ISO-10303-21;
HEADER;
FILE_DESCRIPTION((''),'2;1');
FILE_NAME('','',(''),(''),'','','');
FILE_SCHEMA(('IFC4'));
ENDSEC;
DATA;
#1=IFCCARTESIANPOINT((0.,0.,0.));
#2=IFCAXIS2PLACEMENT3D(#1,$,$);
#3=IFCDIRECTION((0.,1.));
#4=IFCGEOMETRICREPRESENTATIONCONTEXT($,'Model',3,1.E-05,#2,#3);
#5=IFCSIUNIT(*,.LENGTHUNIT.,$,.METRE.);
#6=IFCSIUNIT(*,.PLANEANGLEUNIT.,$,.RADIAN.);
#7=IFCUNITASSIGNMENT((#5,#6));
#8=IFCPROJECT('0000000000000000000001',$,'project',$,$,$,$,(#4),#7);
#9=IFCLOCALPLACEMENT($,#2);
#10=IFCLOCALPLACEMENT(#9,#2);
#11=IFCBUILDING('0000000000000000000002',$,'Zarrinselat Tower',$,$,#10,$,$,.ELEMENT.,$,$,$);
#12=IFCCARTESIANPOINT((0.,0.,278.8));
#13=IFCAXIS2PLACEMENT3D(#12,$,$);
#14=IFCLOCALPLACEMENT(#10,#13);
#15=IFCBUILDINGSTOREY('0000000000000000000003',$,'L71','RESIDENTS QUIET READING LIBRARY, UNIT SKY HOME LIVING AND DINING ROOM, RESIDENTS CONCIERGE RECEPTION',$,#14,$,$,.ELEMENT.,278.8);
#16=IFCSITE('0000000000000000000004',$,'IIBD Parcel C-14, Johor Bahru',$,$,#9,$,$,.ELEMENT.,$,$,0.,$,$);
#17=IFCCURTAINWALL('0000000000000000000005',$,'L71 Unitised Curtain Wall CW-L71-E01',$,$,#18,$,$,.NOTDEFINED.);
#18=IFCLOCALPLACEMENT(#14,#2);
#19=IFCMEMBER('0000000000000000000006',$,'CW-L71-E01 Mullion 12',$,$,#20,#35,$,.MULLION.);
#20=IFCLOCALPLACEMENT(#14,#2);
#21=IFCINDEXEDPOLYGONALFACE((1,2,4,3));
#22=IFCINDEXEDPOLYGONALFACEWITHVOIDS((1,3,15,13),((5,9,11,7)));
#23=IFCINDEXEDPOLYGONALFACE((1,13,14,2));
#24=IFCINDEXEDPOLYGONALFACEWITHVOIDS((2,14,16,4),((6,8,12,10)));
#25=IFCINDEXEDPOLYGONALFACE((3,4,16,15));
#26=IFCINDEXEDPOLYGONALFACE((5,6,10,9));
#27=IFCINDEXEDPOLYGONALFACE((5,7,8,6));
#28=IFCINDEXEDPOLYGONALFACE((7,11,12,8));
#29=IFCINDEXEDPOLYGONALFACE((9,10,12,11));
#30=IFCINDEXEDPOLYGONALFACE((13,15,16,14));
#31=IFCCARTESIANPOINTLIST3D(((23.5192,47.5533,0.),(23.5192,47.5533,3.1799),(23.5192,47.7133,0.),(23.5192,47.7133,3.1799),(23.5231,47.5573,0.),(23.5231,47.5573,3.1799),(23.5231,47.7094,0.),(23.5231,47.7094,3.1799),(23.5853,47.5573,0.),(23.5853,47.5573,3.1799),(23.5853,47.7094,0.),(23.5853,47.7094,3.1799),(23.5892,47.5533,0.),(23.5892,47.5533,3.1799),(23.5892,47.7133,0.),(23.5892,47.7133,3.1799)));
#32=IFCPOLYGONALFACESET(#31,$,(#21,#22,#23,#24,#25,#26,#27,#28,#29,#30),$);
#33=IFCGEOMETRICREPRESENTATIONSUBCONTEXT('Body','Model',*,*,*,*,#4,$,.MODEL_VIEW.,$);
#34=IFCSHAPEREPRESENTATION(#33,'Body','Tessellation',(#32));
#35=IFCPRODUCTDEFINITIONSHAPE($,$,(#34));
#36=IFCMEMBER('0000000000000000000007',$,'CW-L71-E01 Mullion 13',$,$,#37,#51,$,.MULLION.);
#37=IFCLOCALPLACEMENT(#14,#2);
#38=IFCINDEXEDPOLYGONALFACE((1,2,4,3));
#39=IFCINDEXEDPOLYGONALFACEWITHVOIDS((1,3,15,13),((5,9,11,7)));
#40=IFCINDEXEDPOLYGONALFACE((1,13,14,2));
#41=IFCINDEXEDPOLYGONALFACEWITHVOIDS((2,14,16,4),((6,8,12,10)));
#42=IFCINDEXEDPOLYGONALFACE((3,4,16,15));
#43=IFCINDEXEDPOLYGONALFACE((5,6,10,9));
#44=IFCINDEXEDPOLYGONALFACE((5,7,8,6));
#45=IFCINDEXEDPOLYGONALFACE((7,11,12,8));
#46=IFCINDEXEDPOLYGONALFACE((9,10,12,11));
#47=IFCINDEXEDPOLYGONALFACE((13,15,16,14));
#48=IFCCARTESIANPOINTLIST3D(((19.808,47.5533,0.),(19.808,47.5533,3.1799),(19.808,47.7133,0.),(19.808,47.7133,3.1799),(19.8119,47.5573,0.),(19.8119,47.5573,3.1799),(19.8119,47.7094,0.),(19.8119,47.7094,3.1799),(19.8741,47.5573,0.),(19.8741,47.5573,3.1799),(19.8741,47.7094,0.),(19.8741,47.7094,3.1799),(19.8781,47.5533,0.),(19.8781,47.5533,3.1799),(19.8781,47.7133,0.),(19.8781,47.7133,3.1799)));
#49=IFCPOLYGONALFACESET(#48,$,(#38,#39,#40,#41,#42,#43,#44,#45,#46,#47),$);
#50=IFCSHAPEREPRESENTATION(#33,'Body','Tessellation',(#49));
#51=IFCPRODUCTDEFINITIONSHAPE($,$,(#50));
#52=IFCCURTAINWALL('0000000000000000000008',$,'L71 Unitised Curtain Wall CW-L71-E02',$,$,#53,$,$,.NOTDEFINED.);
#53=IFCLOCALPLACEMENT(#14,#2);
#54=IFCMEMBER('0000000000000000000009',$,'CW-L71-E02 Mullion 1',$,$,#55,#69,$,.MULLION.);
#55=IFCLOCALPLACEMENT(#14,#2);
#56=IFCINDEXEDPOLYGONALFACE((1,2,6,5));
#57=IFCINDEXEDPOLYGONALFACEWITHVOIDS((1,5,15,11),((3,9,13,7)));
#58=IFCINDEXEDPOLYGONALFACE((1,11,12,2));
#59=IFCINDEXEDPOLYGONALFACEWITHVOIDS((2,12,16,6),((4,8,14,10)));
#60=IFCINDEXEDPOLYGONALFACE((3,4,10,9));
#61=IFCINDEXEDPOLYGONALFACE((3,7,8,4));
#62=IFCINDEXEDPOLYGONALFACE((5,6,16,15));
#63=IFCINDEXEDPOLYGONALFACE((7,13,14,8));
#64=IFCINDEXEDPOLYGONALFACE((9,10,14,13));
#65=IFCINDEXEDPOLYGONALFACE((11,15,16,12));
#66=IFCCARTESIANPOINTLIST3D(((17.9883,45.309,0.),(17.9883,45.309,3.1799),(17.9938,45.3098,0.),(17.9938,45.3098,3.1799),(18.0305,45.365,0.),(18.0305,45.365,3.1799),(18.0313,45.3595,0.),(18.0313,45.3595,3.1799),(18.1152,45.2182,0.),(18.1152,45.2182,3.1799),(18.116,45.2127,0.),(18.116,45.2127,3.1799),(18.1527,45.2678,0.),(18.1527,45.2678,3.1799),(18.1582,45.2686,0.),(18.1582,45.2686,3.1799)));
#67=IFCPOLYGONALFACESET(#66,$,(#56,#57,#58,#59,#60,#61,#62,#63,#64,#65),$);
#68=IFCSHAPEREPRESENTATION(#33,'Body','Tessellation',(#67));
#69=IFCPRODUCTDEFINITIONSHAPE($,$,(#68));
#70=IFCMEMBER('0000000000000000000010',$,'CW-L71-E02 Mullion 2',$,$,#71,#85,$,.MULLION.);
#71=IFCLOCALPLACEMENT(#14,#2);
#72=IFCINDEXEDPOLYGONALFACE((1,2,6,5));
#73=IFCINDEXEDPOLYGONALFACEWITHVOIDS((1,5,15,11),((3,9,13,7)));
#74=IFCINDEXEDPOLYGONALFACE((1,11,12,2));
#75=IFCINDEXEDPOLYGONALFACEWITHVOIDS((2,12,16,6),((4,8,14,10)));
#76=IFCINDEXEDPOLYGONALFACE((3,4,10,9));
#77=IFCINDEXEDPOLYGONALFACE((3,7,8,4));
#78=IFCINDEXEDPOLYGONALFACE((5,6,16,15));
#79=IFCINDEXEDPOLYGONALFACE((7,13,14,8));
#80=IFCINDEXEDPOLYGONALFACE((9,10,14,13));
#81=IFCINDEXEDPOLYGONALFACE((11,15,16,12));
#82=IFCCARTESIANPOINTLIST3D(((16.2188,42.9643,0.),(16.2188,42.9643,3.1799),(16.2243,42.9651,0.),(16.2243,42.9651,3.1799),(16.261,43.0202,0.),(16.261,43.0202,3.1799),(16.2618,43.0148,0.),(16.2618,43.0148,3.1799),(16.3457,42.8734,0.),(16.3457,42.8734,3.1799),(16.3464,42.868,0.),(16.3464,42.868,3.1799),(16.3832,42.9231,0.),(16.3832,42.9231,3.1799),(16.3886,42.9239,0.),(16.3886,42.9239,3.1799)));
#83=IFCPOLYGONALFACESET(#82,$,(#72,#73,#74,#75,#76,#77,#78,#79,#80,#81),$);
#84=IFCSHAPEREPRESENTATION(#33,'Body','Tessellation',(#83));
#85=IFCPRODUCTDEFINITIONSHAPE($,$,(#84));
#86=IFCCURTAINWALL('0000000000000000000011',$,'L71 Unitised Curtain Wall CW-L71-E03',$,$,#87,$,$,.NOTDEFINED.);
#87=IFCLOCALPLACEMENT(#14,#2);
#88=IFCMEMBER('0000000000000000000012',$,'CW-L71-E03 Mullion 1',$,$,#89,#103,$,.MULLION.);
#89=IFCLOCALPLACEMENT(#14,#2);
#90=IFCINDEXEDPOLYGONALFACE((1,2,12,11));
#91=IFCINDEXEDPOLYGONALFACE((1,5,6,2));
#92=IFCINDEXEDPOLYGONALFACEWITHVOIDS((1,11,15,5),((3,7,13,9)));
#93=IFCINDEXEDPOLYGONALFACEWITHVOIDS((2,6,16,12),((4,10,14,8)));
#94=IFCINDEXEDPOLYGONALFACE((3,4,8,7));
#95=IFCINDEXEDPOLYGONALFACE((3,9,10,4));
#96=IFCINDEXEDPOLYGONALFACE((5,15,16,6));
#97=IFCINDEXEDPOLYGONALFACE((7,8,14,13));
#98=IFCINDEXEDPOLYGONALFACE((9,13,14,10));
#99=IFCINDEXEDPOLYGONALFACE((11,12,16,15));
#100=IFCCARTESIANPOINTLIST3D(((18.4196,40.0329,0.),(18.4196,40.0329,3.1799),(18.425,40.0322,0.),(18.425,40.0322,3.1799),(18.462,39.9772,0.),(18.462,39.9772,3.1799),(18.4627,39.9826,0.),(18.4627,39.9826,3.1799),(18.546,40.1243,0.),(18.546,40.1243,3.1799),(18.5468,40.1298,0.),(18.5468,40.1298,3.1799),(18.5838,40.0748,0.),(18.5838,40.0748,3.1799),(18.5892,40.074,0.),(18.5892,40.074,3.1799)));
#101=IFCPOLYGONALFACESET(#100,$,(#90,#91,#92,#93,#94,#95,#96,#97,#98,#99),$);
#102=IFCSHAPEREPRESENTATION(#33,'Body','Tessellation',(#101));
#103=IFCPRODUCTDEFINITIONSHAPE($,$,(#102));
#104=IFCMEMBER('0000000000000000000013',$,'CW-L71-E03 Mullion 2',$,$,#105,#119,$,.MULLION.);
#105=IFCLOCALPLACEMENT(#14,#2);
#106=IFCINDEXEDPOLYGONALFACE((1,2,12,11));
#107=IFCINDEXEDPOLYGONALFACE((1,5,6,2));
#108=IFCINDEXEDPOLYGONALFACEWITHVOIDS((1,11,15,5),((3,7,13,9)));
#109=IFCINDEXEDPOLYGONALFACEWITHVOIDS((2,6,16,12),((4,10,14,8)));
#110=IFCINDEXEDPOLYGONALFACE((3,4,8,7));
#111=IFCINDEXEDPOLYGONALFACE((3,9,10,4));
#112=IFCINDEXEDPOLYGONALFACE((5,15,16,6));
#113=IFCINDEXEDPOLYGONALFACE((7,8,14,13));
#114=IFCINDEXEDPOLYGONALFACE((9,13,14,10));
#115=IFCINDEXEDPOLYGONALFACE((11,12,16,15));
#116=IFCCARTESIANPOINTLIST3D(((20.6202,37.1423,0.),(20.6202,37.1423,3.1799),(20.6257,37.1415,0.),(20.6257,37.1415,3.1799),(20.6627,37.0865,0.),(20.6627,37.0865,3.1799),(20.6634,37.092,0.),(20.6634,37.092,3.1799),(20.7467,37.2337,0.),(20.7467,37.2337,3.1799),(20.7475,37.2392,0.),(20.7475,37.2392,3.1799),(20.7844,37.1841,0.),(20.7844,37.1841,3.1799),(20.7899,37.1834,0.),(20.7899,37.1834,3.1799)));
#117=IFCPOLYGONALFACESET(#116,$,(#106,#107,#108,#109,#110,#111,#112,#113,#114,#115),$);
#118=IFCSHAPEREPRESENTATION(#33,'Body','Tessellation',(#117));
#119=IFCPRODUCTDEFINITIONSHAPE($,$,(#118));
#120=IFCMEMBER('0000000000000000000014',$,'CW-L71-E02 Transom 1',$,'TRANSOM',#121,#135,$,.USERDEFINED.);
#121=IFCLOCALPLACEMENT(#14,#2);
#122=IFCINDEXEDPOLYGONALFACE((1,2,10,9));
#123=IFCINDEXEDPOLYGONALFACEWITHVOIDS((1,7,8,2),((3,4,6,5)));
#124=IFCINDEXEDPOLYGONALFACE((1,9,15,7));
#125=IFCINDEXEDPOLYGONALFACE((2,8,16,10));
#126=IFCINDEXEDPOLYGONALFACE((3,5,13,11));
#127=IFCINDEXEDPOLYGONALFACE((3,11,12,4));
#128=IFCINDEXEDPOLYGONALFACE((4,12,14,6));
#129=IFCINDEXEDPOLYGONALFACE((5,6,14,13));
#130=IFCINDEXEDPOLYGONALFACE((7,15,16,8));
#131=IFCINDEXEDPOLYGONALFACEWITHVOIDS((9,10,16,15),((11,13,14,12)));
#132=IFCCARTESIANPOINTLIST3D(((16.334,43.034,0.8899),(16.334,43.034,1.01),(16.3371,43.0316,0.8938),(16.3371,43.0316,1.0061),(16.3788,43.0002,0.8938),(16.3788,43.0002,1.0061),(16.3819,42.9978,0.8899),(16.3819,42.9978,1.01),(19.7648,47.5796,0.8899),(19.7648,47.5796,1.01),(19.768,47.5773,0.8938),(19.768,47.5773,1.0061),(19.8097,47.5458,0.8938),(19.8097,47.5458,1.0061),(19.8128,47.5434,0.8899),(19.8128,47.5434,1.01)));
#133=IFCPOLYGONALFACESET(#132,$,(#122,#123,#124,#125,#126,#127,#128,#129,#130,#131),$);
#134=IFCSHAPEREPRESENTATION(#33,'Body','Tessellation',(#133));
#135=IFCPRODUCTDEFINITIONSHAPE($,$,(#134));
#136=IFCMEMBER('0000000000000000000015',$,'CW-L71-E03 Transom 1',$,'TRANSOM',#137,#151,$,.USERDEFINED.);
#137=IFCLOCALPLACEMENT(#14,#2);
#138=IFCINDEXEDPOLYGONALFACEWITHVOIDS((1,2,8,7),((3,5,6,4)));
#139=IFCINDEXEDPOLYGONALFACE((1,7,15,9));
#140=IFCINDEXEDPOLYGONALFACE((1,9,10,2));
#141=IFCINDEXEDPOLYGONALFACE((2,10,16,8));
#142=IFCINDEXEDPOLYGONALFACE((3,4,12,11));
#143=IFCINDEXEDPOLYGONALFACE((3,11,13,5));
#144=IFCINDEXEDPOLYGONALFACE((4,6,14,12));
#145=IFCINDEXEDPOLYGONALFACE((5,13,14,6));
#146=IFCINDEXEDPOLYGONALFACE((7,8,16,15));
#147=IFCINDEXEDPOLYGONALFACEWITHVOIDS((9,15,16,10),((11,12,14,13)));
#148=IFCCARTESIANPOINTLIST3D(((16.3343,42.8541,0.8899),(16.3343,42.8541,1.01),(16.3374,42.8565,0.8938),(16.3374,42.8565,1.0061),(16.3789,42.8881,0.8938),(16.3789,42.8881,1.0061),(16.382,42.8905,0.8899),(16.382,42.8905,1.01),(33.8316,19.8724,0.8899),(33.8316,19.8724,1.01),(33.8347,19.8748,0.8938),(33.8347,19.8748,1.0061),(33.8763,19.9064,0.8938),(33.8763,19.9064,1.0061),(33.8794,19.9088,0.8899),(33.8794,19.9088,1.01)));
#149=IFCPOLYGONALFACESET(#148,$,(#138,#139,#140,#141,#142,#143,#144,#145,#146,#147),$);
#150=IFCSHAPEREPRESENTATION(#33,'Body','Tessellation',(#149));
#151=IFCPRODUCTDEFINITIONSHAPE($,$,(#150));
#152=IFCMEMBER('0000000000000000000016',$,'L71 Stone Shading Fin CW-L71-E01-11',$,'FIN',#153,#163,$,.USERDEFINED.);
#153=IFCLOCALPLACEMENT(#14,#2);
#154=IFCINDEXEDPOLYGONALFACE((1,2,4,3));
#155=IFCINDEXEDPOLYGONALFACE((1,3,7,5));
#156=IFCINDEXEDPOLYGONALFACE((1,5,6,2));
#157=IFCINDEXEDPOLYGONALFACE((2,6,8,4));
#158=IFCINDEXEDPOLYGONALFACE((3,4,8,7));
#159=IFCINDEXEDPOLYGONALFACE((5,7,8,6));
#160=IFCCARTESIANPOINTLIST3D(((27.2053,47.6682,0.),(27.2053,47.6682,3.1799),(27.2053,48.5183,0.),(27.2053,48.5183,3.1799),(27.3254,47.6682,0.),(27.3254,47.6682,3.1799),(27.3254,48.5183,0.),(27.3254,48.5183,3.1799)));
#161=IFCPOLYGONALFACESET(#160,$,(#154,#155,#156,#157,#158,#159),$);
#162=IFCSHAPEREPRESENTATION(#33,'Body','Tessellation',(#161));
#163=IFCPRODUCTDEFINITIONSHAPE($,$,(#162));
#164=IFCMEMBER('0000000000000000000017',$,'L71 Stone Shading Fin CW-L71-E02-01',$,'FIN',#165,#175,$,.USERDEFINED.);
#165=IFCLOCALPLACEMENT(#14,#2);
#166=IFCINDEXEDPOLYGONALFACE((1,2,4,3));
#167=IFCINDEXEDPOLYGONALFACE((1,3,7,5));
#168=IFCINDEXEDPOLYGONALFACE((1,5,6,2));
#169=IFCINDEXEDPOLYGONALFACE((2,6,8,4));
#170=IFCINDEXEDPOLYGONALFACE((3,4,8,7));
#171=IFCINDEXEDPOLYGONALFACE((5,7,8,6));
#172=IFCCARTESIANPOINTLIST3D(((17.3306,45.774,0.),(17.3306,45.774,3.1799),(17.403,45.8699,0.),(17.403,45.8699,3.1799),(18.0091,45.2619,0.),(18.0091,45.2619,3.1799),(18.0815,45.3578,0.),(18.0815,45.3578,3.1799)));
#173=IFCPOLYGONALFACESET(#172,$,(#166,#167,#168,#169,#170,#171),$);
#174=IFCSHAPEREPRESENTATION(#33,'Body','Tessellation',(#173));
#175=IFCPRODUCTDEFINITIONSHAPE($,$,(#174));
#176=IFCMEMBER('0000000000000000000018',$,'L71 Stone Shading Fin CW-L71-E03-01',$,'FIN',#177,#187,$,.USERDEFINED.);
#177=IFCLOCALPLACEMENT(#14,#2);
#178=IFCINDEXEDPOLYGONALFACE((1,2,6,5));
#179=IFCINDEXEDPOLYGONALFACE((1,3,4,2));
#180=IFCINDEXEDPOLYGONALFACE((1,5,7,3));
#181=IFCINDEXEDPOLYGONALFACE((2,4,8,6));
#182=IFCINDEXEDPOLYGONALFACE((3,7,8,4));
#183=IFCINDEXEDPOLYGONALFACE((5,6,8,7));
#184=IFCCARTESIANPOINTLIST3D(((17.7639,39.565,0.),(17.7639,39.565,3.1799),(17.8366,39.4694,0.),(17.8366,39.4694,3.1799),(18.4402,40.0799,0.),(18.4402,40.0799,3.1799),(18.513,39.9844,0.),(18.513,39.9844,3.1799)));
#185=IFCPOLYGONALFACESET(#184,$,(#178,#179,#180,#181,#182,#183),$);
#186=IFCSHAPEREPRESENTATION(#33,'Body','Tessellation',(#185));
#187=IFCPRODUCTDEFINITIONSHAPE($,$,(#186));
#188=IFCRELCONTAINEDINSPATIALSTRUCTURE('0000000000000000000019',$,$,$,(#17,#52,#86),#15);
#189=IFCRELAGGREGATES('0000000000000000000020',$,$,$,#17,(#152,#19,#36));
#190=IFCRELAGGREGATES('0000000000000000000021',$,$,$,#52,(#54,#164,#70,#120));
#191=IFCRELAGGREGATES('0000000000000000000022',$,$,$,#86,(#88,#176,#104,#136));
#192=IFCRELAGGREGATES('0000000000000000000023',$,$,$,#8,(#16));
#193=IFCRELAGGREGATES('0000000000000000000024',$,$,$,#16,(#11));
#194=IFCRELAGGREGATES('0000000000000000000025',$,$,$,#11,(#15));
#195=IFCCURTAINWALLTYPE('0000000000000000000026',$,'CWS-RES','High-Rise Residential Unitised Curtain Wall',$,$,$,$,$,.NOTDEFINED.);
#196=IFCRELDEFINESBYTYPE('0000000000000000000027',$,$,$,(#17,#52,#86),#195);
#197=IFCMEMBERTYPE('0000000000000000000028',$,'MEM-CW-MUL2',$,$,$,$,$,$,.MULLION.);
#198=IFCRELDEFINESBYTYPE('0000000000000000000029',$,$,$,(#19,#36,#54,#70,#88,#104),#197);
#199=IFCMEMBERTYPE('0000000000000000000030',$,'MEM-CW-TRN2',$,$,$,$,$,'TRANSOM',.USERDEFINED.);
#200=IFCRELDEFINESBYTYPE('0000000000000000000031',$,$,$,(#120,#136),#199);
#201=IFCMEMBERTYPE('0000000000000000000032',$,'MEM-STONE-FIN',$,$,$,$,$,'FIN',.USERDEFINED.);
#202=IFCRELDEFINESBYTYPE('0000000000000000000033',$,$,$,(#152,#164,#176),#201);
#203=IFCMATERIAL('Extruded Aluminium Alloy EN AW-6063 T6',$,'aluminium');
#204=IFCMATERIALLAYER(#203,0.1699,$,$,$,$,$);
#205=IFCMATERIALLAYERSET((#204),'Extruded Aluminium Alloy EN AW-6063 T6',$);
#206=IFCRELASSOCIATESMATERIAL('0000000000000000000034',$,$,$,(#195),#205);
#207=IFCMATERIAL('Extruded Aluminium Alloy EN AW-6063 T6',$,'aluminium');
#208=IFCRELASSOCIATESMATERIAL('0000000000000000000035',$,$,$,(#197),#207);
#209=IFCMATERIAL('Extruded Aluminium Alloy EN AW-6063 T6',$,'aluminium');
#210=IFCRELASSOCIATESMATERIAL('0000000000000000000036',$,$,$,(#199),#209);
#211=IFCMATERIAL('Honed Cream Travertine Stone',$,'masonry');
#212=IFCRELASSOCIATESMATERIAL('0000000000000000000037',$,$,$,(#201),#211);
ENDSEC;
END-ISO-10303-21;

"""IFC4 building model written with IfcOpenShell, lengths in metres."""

from ifc_helpers import new_model, si_unit, direction, frame, origin, origin_2d, place, context, subcontext, project, spatial, rectangle, hollow_rectangle, extrude, material, layer, layer_set, material_profile, profile_set, type_object, element, aggregate, save


model = new_model("IFC4")

# Units and contexts
model_context = context("Model", 3, precision=1e-05, world=origin(), true_north=direction((0.0, 1.0)))
body_context = subcontext(model_context, "Body", "Model", "MODEL_VIEW")
ifc_project = project(units=[si_unit("LENGTHUNIT", "METRE"), si_unit("PLANEANGLEUNIT", "RADIAN")], contexts=[model_context])

# Site, building, storey
site_placement = place(None, origin())
site = spatial("IfcSite", under=ifc_project, at=site_placement, Name="IIBD Parcel C-14, Johor Bahru", CompositionType="ELEMENT", RefElevation=0.0)
building_placement = place(site_placement, origin())
building = spatial("IfcBuilding", under=site, at=building_placement, Name="Zarrinselat Tower", CompositionType="ELEMENT")
storey_placement = place(building_placement, frame((0.0, 0.0, 278.8)))
storey = spatial("IfcBuildingStorey", under=building, at=storey_placement, Name="L71", Description="RESIDENTS QUIET READING LIBRARY, UNIT SKY HOME LIVING AND DINING ROOM, RESIDENTS CONCIERGE RECEPTION", CompositionType="ELEMENT", Elevation=278.8)

# Curtain walls, members
ifc_material_1 = material(Name="Extruded Aluminium Alloy EN AW-6063 T6", Category="aluminium")
ifc_layer_1 = layer(ifc_material_1, 0.1699)
ifc_layer_set_1 = layer_set([ifc_layer_1], Name="Extruded Aluminium Alloy EN AW-6063 T6")
curtain_wall_type = type_object("IfcCurtainWallType", Name="CWS-RES", Description="High-Rise Residential Unitised Curtain Wall", PredefinedType="NOTDEFINED", material=ifc_layer_set_1)
curtain_wall_1_placement = place(storey_placement, origin())
curtain_wall_1 = element("IfcCurtainWall", 1, at=curtain_wall_1_placement, inside=storey, type_object=curtain_wall_type, Name="L71 Unitised Curtain Wall CW-L71-E01", PredefinedType="NOTDEFINED")
ifc_material_2 = material(Name="Extruded Aluminium Alloy EN AW-6063 T6", Category="aluminium")
ifc_material_profile_1 = material_profile(ifc_material_2, hollow_rectangle(XDim=0.0701, YDim=0.1599, WallThickness=0.0039, at=origin_2d()), Name="RHS 160x70x4")
ifc_profile_set_1 = profile_set([ifc_material_profile_1], Name="Extruded Aluminium Alloy EN AW-6063 T6")
member_type_1 = type_object("IfcMemberType", Name="MEM-CW-MUL2", PredefinedType="MULLION", material=ifc_profile_set_1)
member_1_placement = place(storey_placement, frame((23.5542, 47.6333, 0.0), z_axis=(0.0, 0.0, 1.0), x_axis=(-1.0, 0.0, 0.0)))
member_1 = element("IfcMember", 2, at=member_1_placement, type_object=member_type_1, Name="CW-L71-E01 Mullion 12", PredefinedType="MULLION", context=body_context, shape_type="SweptSolid", body=[
    extrude(hollow_rectangle(XDim=0.0701, YDim=0.1599, WallThickness=0.0039, at=origin_2d()), origin(), (0.0, 0.0, 1.0), 3.1799),
])
member_2_placement = place(storey_placement, frame((19.843, 47.6333, 0.0), z_axis=(0.0, 0.0, 1.0), x_axis=(-1.0, 0.0, 0.0)))
member_2 = element("IfcMember", 3, at=member_2_placement, type_object=member_type_1, Name="CW-L71-E01 Mullion 13", PredefinedType="MULLION", context=body_context, shape_type="SweptSolid", body=[
    extrude(hollow_rectangle(XDim=0.0701, YDim=0.1599, WallThickness=0.0039, at=origin_2d()), origin(), (0.0, 0.0, 1.0), 3.1799),
])
curtain_wall_2_placement = place(storey_placement, origin())
curtain_wall_2 = element("IfcCurtainWall", 4, at=curtain_wall_2_placement, inside=storey, type_object=curtain_wall_type, Name="L71 Unitised Curtain Wall CW-L71-E02", PredefinedType="NOTDEFINED")
member_3_placement = place(storey_placement, frame((18.0732, 45.2888, 0.0), z_axis=(0.0, 0.0, 1.0), x_axis=(-0.60244, -0.798164, 0.0)))
member_3 = element("IfcMember", 5, at=member_3_placement, type_object=member_type_1, Name="CW-L71-E02 Mullion 1", PredefinedType="MULLION", context=body_context, shape_type="SweptSolid", body=[
    extrude(hollow_rectangle(XDim=0.0701, YDim=0.1599, WallThickness=0.0039, at=origin_2d()), origin(), (0.0, 0.0, 1.0), 3.1799),
])
member_4_placement = place(storey_placement, frame((16.3037, 42.9441, 0.0), z_axis=(0.0, 0.0, 1.0), x_axis=(-0.60244, -0.798164, 0.0)))
member_4 = element("IfcMember", 6, at=member_4_placement, type_object=member_type_1, Name="CW-L71-E02 Mullion 2", PredefinedType="MULLION", context=body_context, shape_type="SweptSolid", body=[
    extrude(hollow_rectangle(XDim=0.0701, YDim=0.1599, WallThickness=0.0039, at=origin_2d()), origin(), (0.0, 0.0, 1.0), 3.1799),
])
curtain_wall_3_placement = place(storey_placement, origin())
curtain_wall_3 = element("IfcCurtainWall", 7, at=curtain_wall_3_placement, inside=storey, type_object=curtain_wall_type, Name="L71 Unitised Curtain Wall CW-L71-E03", PredefinedType="NOTDEFINED")
member_5_placement = place(storey_placement, frame((18.5044, 40.0535, 0.0), z_axis=(0.0, 0.0, 1.0), x_axis=(0.605767, -0.795642, 0.0)))
member_5 = element("IfcMember", 8, at=member_5_placement, type_object=member_type_1, Name="CW-L71-E03 Mullion 1", PredefinedType="MULLION", context=body_context, shape_type="SweptSolid", body=[
    extrude(hollow_rectangle(XDim=0.0701, YDim=0.1599, WallThickness=0.0039, at=origin_2d()), origin(), (0.0, 0.0, 1.0), 3.1799),
])
member_6_placement = place(storey_placement, frame((20.7051, 37.1628, 0.0), z_axis=(0.0, 0.0, 1.0), x_axis=(0.605767, -0.795642, 0.0)))
member_6 = element("IfcMember", 9, at=member_6_placement, type_object=member_type_1, Name="CW-L71-E03 Mullion 2", PredefinedType="MULLION", context=body_context, shape_type="SweptSolid", body=[
    extrude(hollow_rectangle(XDim=0.0701, YDim=0.1599, WallThickness=0.0039, at=origin_2d()), origin(), (0.0, 0.0, 1.0), 3.1799),
])

# Members
ifc_material_3 = material(Name="Extruded Aluminium Alloy EN AW-6063 T6", Category="aluminium")
ifc_material_profile_2 = material_profile(ifc_material_3, hollow_rectangle(XDim=0.0601, YDim=0.1201, WallThickness=0.0039, at=origin_2d()), Name="RHS 120x60x4")
ifc_profile_set_2 = profile_set([ifc_material_profile_2], Name="Extruded Aluminium Alloy EN AW-6063 T6")
member_type_2 = type_object("IfcMemberType", Name="MEM-CW-TRN2", ElementType="TRANSOM", PredefinedType="USERDEFINED", material=ifc_profile_set_2)
member_7_placement = place(storey_placement, frame((19.7888, 47.5615, 0.95), z_axis=(-0.602432, -0.79817, 0.0), x_axis=(0.79817, -0.602432, 0.0)))
member_7 = element("IfcMember", 10, at=member_7_placement, type_object=member_type_2, Name="CW-L71-E02 Transom 1", ObjectType="TRANSOM", PredefinedType="USERDEFINED", context=body_context, shape_type="SweptSolid", body=[
    extrude(hollow_rectangle(XDim=0.0601, YDim=0.1201, WallThickness=0.0039, at=origin_2d()), origin(), (0.0, 0.0, 1.0), 5.6951),
])
member_8_placement = place(storey_placement, frame((16.3582, 42.8723, 0.95), z_axis=(0.605768, -0.795641, 0.0), x_axis=(0.795641, 0.605768, 0.0)))
member_8 = element("IfcMember", 11, at=member_8_placement, type_object=member_type_2, Name="CW-L71-E03 Transom 1", ObjectType="TRANSOM", PredefinedType="USERDEFINED", context=body_context, shape_type="SweptSolid", body=[
    extrude(hollow_rectangle(XDim=0.0601, YDim=0.1201, WallThickness=0.0039, at=origin_2d()), origin(), (0.0, 0.0, 1.0), 28.8845),
])
ifc_material_4 = material(Name="Honed Cream Travertine Stone", Category="masonry")
ifc_material_profile_3 = material_profile(ifc_material_4, rectangle(XDim=0.1201, YDim=0.8501, at=origin_2d()), Name="FIN 850x120")
ifc_profile_set_3 = profile_set([ifc_material_profile_3], Name="Honed Cream Travertine Stone")
member_type_3 = type_object("IfcMemberType", Name="MEM-STONE-FIN", ElementType="FIN", PredefinedType="USERDEFINED", material=ifc_profile_set_3)
member_9_placement = place(storey_placement, frame((27.2654, 48.0933, 0.0), z_axis=(0.0, 0.0, 1.0), x_axis=(1.0, 0.0, 0.0)))
member_9 = element("IfcMember", 12, at=member_9_placement, type_object=member_type_3, Name="L71 Stone Shading Fin CW-L71-E01-11", ObjectType="FIN", PredefinedType="USERDEFINED", context=body_context, shape_type="SweptSolid", body=[
    extrude(rectangle(XDim=0.1201, YDim=0.8501, at=origin_2d()), origin(), (0.0, 0.0, 1.0), 3.1799),
])
member_10_placement = place(storey_placement, frame((17.7061, 45.5659, 0.0), z_axis=(0.0, 0.0, 1.0), x_axis=(0.60244, 0.798164, 0.0)))
member_10 = element("IfcMember", 13, at=member_10_placement, type_object=member_type_3, Name="L71 Stone Shading Fin CW-L71-E02-01", ObjectType="FIN", PredefinedType="USERDEFINED", context=body_context, shape_type="SweptSolid", body=[
    extrude(rectangle(XDim=0.1201, YDim=0.8501, at=origin_2d()), origin(), (0.0, 0.0, 1.0), 3.1799),
])
member_11_placement = place(storey_placement, frame((18.1384, 39.7747, 0.0), z_axis=(0.0, 0.0, 1.0), x_axis=(-0.605767, 0.795642, 0.0)))
member_11 = element("IfcMember", 14, at=member_11_placement, type_object=member_type_3, Name="L71 Stone Shading Fin CW-L71-E03-01", ObjectType="FIN", PredefinedType="USERDEFINED", context=body_context, shape_type="SweptSolid", body=[
    extrude(rectangle(XDim=0.1201, YDim=0.8501, at=origin_2d()), origin(), (0.0, 0.0, 1.0), 3.1799),
])

aggregate(curtain_wall_1, [member_9, member_1, member_2])
aggregate(curtain_wall_2, [member_3, member_10, member_4, member_7])
aggregate(curtain_wall_3, [member_5, member_11, member_6, member_8])

save(model, "model.ifc")
